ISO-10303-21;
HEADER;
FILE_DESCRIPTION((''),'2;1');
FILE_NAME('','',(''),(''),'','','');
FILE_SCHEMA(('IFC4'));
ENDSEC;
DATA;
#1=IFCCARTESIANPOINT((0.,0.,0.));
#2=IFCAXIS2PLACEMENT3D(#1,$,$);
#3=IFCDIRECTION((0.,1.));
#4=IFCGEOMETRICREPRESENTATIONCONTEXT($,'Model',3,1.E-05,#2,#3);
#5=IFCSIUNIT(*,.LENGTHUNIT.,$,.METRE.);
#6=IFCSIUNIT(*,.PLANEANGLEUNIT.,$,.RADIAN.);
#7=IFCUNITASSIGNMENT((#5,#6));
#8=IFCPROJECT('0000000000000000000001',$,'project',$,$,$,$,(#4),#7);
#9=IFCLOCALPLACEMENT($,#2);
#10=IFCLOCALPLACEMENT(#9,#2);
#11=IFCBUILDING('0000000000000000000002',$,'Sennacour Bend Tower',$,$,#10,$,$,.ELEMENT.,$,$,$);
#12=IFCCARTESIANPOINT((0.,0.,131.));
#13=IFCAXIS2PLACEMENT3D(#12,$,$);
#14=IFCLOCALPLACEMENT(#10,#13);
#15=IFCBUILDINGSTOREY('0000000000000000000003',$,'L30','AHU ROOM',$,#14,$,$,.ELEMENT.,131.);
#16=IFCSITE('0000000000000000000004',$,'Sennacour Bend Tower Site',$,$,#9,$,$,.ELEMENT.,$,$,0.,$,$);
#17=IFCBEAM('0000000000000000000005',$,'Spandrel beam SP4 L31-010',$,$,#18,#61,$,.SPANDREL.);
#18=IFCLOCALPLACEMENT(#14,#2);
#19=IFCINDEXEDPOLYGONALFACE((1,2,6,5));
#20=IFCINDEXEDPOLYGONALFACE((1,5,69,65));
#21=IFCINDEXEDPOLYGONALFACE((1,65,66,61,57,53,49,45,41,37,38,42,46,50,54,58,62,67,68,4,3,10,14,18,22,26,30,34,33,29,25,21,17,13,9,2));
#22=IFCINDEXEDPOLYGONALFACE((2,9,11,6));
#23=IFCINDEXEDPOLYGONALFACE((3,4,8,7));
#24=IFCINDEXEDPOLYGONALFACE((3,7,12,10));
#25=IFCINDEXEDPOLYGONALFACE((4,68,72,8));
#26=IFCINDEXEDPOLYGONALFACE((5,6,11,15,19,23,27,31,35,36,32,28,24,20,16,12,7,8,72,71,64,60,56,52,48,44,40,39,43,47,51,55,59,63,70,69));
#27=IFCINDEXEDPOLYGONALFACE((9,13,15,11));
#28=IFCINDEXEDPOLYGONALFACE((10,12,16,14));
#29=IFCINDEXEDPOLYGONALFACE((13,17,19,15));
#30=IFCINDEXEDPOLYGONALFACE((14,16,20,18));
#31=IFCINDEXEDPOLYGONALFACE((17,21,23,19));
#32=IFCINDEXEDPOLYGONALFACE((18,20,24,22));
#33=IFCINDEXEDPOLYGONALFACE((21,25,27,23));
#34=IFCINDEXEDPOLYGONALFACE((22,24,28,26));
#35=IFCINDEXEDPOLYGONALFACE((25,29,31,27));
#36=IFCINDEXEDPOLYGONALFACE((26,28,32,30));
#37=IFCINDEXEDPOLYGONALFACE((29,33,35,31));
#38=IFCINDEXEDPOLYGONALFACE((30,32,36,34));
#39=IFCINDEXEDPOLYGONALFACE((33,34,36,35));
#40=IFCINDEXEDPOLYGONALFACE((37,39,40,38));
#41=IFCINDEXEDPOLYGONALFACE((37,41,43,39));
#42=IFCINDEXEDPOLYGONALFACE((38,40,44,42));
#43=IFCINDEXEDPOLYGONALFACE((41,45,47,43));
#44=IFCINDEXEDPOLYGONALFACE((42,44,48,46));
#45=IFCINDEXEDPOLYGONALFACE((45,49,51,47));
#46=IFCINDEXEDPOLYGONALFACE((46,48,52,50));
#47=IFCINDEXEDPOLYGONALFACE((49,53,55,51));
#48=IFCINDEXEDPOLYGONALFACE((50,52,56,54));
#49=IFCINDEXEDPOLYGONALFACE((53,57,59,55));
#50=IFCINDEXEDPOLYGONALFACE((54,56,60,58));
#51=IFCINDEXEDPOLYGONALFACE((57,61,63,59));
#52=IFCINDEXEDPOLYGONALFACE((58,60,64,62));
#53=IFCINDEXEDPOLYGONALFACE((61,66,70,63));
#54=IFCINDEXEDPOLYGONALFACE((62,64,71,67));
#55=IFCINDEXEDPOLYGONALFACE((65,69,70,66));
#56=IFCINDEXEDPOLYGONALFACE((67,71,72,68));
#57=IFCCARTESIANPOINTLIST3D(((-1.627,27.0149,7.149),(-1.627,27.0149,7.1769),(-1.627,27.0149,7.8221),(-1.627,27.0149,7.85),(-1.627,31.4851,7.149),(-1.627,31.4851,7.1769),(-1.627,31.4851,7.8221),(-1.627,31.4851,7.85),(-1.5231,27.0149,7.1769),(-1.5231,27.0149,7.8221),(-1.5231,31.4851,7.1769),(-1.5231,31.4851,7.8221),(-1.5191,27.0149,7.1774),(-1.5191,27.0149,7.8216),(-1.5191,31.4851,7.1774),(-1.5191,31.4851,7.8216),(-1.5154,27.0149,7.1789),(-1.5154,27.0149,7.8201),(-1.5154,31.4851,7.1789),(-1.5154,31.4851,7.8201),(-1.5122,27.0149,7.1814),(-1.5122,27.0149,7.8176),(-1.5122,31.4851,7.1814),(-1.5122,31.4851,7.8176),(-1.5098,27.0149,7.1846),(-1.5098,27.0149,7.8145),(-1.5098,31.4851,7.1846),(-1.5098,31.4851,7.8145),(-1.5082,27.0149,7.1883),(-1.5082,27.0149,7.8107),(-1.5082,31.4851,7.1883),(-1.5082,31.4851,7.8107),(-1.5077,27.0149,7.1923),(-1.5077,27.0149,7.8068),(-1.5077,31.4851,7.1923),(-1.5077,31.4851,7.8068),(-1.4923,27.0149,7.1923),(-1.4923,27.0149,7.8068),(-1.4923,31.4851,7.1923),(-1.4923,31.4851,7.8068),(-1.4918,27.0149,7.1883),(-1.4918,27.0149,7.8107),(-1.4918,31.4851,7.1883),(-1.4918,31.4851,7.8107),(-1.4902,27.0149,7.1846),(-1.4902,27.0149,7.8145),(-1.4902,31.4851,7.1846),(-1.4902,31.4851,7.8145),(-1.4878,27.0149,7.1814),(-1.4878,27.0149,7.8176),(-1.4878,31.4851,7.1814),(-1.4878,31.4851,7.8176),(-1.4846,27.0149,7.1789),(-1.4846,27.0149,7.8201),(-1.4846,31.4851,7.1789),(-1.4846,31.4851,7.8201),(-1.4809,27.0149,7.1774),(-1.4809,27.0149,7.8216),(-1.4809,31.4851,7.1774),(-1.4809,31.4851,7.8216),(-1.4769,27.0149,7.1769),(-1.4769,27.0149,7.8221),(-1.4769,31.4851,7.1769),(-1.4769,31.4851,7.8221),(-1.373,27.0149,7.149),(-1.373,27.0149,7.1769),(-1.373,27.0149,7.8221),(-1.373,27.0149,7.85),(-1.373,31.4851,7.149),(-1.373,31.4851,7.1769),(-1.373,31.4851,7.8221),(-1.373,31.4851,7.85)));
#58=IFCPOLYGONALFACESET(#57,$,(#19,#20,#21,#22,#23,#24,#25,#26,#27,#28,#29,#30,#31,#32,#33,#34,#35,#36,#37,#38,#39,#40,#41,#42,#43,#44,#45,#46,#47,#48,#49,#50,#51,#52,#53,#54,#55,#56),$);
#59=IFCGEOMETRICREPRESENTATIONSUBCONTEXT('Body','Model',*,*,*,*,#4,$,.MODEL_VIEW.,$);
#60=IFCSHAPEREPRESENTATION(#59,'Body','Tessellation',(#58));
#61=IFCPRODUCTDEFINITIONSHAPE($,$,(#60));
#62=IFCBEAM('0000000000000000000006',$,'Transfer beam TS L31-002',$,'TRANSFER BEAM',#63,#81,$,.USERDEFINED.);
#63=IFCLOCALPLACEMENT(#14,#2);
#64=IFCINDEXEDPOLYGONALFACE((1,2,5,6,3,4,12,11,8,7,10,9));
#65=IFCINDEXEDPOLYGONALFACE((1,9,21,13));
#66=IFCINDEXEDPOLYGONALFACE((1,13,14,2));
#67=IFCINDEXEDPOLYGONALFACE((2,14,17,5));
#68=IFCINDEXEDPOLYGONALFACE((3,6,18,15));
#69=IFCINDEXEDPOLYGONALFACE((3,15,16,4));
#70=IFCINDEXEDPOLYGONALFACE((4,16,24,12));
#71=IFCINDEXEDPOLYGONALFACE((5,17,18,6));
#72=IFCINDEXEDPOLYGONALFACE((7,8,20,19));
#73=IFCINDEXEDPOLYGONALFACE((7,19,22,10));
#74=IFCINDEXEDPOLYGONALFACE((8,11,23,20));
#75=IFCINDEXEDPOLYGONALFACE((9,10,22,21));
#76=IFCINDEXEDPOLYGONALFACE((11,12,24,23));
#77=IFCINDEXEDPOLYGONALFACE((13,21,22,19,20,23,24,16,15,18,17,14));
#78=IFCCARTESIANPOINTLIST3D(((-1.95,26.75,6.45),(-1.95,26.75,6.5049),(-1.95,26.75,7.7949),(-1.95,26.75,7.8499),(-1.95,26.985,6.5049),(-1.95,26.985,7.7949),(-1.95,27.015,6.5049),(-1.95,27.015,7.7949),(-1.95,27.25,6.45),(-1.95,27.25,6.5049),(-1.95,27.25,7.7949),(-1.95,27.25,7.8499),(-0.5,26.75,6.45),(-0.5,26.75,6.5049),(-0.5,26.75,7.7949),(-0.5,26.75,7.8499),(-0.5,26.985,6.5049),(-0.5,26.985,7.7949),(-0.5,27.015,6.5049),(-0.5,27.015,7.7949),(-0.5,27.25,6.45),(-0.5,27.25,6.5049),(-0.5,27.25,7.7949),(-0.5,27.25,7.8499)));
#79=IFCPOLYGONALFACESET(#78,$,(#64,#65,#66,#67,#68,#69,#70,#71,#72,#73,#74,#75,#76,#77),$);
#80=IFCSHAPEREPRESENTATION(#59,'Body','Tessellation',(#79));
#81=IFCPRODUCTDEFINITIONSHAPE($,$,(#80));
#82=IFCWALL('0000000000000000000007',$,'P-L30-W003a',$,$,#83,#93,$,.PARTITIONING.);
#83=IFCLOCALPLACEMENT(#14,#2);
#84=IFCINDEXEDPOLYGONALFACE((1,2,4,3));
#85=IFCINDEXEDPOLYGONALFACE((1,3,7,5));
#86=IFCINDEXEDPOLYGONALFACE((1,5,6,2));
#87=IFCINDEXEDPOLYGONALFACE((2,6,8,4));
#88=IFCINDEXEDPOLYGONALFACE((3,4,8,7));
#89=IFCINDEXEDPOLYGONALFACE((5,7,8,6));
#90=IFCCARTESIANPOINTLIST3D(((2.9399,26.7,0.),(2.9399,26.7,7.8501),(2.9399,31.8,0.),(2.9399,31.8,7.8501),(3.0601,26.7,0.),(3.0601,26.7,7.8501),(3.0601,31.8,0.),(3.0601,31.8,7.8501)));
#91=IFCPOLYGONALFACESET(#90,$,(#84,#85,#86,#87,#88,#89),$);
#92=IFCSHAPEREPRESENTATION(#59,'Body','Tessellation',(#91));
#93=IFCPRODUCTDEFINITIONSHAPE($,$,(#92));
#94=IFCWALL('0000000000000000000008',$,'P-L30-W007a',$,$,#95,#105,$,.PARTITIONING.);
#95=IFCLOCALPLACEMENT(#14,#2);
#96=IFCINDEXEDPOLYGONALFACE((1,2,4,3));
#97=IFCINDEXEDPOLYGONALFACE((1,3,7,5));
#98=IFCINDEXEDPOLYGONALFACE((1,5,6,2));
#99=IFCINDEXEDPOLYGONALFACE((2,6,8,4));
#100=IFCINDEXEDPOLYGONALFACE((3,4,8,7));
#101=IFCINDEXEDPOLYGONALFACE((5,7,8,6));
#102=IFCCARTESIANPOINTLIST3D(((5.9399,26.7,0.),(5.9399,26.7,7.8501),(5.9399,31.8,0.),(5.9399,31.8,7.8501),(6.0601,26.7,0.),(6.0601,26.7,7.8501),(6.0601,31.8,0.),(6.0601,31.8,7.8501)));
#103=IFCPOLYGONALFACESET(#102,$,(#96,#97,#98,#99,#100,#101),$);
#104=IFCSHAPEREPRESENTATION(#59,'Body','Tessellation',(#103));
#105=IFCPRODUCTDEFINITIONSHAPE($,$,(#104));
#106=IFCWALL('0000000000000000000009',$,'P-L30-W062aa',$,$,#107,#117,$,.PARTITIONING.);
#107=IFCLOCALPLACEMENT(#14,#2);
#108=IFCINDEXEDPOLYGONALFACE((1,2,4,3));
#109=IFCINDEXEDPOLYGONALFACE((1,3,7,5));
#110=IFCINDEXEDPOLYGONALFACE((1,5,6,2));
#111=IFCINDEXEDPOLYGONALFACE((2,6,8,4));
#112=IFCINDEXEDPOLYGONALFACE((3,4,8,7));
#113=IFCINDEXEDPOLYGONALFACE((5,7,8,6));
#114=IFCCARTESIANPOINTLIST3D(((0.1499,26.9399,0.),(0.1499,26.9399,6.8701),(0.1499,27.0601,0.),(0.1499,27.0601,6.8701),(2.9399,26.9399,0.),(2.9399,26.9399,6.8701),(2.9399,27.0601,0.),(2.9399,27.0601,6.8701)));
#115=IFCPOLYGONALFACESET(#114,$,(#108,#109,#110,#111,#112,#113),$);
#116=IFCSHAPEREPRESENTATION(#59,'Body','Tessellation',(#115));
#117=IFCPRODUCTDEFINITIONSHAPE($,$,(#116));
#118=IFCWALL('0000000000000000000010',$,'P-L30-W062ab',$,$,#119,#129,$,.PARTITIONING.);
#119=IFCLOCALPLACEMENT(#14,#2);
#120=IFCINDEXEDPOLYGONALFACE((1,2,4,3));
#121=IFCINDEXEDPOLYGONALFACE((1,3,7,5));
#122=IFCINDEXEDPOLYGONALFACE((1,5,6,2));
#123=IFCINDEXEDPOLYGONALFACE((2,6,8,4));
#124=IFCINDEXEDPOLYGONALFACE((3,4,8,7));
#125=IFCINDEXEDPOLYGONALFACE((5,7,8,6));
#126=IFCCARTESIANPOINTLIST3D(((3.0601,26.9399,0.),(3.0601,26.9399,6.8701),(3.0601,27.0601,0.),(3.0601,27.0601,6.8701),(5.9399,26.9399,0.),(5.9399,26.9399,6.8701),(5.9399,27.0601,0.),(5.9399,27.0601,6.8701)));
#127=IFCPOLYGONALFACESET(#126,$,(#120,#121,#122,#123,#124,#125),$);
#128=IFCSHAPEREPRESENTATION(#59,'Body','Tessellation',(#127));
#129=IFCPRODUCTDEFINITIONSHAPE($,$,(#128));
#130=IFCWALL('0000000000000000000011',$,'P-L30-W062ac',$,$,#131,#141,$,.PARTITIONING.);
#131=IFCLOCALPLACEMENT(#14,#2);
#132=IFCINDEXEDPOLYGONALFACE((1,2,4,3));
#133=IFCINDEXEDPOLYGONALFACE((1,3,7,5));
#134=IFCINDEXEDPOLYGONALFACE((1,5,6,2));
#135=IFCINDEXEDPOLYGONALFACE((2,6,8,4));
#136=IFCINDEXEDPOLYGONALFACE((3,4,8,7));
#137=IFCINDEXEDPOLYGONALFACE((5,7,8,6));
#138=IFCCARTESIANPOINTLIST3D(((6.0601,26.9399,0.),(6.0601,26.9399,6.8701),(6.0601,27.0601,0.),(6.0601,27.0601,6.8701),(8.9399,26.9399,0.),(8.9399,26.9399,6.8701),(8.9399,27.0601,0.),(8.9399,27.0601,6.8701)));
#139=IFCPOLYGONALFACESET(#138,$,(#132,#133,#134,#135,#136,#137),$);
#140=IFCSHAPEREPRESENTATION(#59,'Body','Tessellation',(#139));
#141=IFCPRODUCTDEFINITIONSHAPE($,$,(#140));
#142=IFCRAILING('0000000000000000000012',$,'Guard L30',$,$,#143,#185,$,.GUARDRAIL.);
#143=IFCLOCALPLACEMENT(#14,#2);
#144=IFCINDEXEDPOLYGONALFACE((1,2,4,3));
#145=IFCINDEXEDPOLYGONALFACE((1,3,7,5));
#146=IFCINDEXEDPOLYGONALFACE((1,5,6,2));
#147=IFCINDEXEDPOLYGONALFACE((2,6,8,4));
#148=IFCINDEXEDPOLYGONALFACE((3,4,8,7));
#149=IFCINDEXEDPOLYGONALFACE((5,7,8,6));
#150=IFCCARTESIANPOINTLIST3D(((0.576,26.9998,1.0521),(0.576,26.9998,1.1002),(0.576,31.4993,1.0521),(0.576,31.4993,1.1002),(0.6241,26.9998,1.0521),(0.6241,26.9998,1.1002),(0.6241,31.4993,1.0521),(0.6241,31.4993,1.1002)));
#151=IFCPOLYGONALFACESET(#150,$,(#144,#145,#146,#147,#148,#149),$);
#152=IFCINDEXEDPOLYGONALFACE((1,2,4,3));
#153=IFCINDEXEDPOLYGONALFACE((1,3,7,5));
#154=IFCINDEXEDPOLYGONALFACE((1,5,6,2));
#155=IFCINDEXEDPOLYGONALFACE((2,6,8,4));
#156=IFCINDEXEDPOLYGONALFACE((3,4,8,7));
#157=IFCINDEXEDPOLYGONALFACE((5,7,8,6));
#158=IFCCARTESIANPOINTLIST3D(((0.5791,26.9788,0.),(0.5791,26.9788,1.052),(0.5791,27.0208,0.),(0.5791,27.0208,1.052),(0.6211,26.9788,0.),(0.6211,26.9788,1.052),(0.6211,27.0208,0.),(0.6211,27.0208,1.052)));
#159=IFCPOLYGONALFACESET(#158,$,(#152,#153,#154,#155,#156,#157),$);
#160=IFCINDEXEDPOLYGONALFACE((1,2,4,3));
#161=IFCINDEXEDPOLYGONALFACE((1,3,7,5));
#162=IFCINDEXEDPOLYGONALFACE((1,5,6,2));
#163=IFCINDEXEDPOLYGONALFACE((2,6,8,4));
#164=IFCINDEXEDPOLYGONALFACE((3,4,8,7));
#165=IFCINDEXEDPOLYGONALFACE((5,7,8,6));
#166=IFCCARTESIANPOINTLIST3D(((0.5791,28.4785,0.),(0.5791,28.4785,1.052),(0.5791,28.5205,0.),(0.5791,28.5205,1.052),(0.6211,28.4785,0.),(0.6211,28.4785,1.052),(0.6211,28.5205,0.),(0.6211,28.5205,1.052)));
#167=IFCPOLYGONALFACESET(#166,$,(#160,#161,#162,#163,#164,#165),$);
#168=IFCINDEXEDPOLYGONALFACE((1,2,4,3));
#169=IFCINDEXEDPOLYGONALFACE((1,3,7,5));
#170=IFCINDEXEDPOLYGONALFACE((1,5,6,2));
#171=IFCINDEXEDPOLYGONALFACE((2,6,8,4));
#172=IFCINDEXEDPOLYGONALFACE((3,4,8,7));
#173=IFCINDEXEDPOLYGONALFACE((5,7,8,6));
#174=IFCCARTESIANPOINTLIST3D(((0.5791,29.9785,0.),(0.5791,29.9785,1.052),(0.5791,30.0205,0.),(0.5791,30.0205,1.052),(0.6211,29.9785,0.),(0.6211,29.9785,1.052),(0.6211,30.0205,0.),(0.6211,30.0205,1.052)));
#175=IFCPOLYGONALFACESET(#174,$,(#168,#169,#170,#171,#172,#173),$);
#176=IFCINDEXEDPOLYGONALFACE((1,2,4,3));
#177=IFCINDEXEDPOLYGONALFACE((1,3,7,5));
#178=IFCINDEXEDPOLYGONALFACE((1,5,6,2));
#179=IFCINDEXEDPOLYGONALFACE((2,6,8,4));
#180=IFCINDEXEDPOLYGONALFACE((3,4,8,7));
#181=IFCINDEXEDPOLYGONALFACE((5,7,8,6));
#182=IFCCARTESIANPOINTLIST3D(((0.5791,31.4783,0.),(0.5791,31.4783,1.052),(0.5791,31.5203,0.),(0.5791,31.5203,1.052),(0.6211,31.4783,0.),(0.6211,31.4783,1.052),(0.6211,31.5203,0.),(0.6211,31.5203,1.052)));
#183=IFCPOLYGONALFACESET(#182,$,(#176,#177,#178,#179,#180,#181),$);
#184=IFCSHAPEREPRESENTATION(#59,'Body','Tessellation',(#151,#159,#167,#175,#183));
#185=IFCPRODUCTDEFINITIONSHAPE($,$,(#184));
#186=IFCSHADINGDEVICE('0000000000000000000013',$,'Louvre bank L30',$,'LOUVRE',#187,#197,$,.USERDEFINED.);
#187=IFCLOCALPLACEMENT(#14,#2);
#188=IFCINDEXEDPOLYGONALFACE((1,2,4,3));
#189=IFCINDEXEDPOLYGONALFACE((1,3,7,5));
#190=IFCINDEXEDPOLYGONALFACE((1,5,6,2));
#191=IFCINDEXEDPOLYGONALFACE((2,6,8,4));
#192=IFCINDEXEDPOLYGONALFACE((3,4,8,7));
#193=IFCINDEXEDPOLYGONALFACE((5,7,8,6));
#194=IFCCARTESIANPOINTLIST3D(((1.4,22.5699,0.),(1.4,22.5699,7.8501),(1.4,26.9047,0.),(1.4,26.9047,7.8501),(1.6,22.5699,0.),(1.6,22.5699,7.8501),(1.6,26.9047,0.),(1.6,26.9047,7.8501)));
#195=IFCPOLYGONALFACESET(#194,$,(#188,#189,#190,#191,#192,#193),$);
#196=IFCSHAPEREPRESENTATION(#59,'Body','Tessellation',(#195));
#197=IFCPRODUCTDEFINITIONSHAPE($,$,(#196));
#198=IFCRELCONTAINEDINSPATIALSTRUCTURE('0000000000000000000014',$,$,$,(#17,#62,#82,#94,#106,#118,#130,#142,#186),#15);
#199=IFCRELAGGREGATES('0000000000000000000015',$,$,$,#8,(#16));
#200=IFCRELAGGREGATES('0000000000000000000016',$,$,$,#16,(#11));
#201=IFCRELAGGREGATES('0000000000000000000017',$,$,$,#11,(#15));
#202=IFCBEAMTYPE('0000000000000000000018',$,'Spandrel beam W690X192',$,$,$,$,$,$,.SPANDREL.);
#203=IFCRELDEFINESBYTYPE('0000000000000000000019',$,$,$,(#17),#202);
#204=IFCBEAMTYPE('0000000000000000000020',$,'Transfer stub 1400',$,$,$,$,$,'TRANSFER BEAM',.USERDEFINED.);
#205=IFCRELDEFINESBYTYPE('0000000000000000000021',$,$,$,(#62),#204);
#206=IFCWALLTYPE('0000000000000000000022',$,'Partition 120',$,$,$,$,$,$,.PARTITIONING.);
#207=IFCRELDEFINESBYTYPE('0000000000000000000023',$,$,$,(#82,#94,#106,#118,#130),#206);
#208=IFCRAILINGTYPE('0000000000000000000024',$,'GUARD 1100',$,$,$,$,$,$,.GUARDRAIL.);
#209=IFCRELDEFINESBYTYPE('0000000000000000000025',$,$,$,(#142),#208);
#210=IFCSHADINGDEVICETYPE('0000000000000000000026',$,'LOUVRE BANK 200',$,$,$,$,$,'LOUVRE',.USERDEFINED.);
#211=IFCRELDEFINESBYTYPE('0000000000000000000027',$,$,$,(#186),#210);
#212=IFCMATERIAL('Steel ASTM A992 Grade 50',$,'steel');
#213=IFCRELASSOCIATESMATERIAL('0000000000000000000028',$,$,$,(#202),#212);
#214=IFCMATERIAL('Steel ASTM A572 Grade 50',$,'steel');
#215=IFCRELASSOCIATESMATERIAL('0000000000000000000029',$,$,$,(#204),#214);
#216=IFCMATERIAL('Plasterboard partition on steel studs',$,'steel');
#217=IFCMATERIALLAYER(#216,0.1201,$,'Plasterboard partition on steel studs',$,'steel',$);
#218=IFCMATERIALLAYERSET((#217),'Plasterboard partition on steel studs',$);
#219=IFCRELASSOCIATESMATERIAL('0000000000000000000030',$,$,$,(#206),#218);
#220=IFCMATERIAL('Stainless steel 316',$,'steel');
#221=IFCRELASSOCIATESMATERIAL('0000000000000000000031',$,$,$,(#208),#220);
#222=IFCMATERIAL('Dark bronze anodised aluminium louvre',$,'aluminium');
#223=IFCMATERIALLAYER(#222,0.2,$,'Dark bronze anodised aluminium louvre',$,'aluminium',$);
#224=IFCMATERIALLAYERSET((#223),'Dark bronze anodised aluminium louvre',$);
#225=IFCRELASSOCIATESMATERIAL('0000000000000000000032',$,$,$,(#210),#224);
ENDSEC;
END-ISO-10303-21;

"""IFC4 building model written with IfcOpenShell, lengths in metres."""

from ifc_helpers import new_model, si_unit, direction, frame, frame_2d, origin, origin_2d, place, context, subcontext, project, spatial, rectangle, i_section, extrude, material, layer, layer_set, material_profile, profile_set, type_object, element, save


model = new_model("IFC4")

# Units and contexts
model_context = context("Model", 3, precision=1e-05, world=origin(), true_north=direction((0.0, 1.0)))
body_context = subcontext(model_context, "Body", "Model", "MODEL_VIEW")
ifc_project = project(units=[si_unit("LENGTHUNIT", "METRE"), si_unit("PLANEANGLEUNIT", "RADIAN")], contexts=[model_context])

# Site, building, storey
site_placement = place(None, origin())
site = spatial("IfcSite", under=ifc_project, at=site_placement, Name="Sennacour Bend Tower Site", CompositionType="ELEMENT", RefElevation=0.0)
building_placement = place(site_placement, origin())
building = spatial("IfcBuilding", under=site, at=building_placement, Name="Sennacour Bend Tower", CompositionType="ELEMENT")
storey_placement = place(building_placement, frame((0.0, 0.0, 131.0)))
storey = spatial("IfcBuildingStorey", under=building, at=storey_placement, Name="L30", Description="AHU ROOM", CompositionType="ELEMENT", Elevation=131.0)

# Shared definitions
ifc_material_1 = material(Name="Steel ASTM A572 Grade 50", Category="steel")

# Shared definitions
ifc_material_2 = material(Name="Steel ASTM A992 Grade 50", Category="steel")

# Beams
ifc_material_profile_1 = material_profile(ifc_material_2, i_section(OverallWidth=0.2539, OverallDepth=0.7009, WebThickness=0.0154, FlangeThickness=0.0278, FilletRadius=0.0154, at=origin_2d()), Name="Steel ASTM A992 Grade 50", Category="steel")
ifc_profile_set_1 = profile_set([ifc_material_profile_1], Name="Steel ASTM A992 Grade 50")
beam_type_1 = type_object("IfcBeamType", Name="Spandrel beam W690X192", PredefinedType="SPANDREL", material=ifc_profile_set_1)
beam_1_placement = place(storey_placement, frame((-1.5, 27.0149, 7.4995), z_axis=(0.0, 1.0, 0.0), x_axis=(-1.0, 0.0, 0.0)))
element("IfcBeam", 1, at=beam_1_placement, inside=storey, type_object=beam_type_1, Name="Spandrel beam SP4 L31-010", PredefinedType="SPANDREL", context=body_context, shape_type="SweptSolid", body=[
    extrude(i_section(OverallWidth=0.2539, OverallDepth=0.7009, WebThickness=0.0154, FlangeThickness=0.0278, FilletRadius=0.0154, at=origin_2d()), origin(), (0.0, 0.0, 1.0), 4.4702),
])
ifc_material_profile_2 = material_profile(ifc_material_1, i_section(OverallWidth=0.5, OverallDepth=1.3999, WebThickness=0.03, FlangeThickness=0.0549, at=origin_2d()), Name="Steel ASTM A572 Grade 50", Category="steel")
ifc_profile_set_2 = profile_set([ifc_material_profile_2], Name="Steel ASTM A572 Grade 50")
beam_type_2 = type_object("IfcBeamType", Name="Transfer stub 1400", ElementType="TRANSFER BEAM", PredefinedType="USERDEFINED", material=ifc_profile_set_2)
beam_2_placement = place(storey_placement, frame((-0.5, 27.0, 7.1499), z_axis=(-1.0, 0.0, 0.0), x_axis=(0.0, -1.0, 0.0)))
element("IfcBeam", 2, at=beam_2_placement, inside=storey, type_object=beam_type_2, Name="Transfer beam TS L31-002", ObjectType="TRANSFER BEAM", PredefinedType="USERDEFINED", context=body_context, shape_type="SweptSolid", body=[
    extrude(i_section(OverallWidth=0.5, OverallDepth=1.3999, WebThickness=0.03, FlangeThickness=0.0549, at=origin_2d()), origin(), (0.0, 0.0, 1.0), 1.45),
])

# Walls
ifc_material_3 = material(Name="Plasterboard partition on steel studs", Category="steel")
ifc_layer_1 = layer(ifc_material_3, 0.1201, Name="Plasterboard partition on steel studs", Category="steel")
ifc_layer_set_1 = layer_set([ifc_layer_1], Name="Plasterboard partition on steel studs")
wall_type = type_object("IfcWallType", Name="Partition 120", PredefinedType="PARTITIONING", material=ifc_layer_set_1)
for number, where, z_axis, x_axis, name in (
    (3, (3.0, 26.7, 0.0), (0.0, 0.0, 1.0), (0.0, 1.0, 0.0), "P-L30-W003a"),
    (4, (6.0, 26.7, 0.0), (0.0, 0.0, 1.0), (0.0, 1.0, 0.0), "P-L30-W007a"),
):
    element("IfcWall", number, at=place(storey_placement, frame(where, z_axis=z_axis, x_axis=x_axis)), inside=storey, type_object=wall_type, Name=name, PredefinedType="PARTITIONING", context=body_context, shape_type="SweptSolid", body=[
        extrude(rectangle(XDim=5.1001, YDim=0.1201, at=frame_2d((2.55, 0.0))), origin(), (0.0, 0.0, 1.0), 7.8501),
    ])
wall_placement = place(storey_placement, frame((0.1499, 27.0, 0.0), z_axis=(0.0, 0.0, 1.0), x_axis=(1.0, 0.0, 0.0)))
element("IfcWall", 5, at=wall_placement, inside=storey, type_object=wall_type, Name="P-L30-W062aa", PredefinedType="PARTITIONING", context=body_context, shape_type="SweptSolid", body=[
    extrude(rectangle(XDim=2.79, YDim=0.1201, at=frame_2d((1.395, 0.0))), origin(), (0.0, 0.0, 1.0), 6.8701),
])
for number, where, z_axis, x_axis, name in (
    (6, (3.0601, 27.0, 0.0), (0.0, 0.0, 1.0), (1.0, 0.0, 0.0), "P-L30-W062ab"),
    (7, (6.0601, 27.0, 0.0), (0.0, 0.0, 1.0), (1.0, 0.0, 0.0), "P-L30-W062ac"),
):
    element("IfcWall", number, at=place(storey_placement, frame(where, z_axis=z_axis, x_axis=x_axis)), inside=storey, type_object=wall_type, Name=name, PredefinedType="PARTITIONING", context=body_context, shape_type="SweptSolid", body=[
        extrude(rectangle(XDim=2.8799, YDim=0.1201, at=frame_2d((1.4399, 0.0))), origin(), (0.0, 0.0, 1.0), 6.8701),
    ])

# Railing
ifc_material_4 = material(Name="Stainless steel 316", Category="steel")
railing_type = type_object("IfcRailingType", Name="GUARD 1100", PredefinedType="GUARDRAIL", material=ifc_material_4)
railing_placement = place(storey_placement, frame((0.6001, 26.9998, 0.0)))
element("IfcRailing", 8, at=railing_placement, inside=storey, type_object=railing_type, Name="Guard L30", PredefinedType="GUARDRAIL", context=body_context, shape_type="SweptSolid", body=[
    extrude(rectangle(XDim=0.0481, YDim=0.0481, at=origin_2d()), frame((0.0, 0.0, 1.0762), z_axis=(0.0, 1.0, 0.0), x_axis=(-1.0, 0.0, 0.0)), (0.0, 0.0, 1.0), 4.4995),
    extrude(rectangle(XDim=0.042, YDim=0.042, at=origin_2d()), origin(), (0.0, 0.0, 1.0), 1.052),
    extrude(rectangle(XDim=0.042, YDim=0.042, at=origin_2d()), frame((0.0, 1.4998, 0.0)), (0.0, 0.0, 1.0), 1.052),
    extrude(rectangle(XDim=0.042, YDim=0.042, at=origin_2d()), frame((0.0, 2.9998, 0.0)), (0.0, 0.0, 1.0), 1.052),
    extrude(rectangle(XDim=0.042, YDim=0.042, at=origin_2d()), frame((0.0, 4.4995, 0.0)), (0.0, 0.0, 1.0), 1.052),
])

# Shading device
ifc_material_5 = material(Name="Dark bronze anodised aluminium louvre", Category="aluminium")
ifc_layer_2 = layer(ifc_material_5, 0.2, Name="Dark bronze anodised aluminium louvre", Category="aluminium")
ifc_layer_set_2 = layer_set([ifc_layer_2], Name="Dark bronze anodised aluminium louvre")
shading_device_type_1 = type_object("IfcShadingDeviceType", Name="LOUVRE BANK 200", ElementType="LOUVRE", PredefinedType="USERDEFINED", material=ifc_layer_set_2)
shading_device_1_placement = place(storey_placement, frame((1.5, 24.7373, 0.0), z_axis=(0.0, 0.0, 1.0), x_axis=(0.0, 1.0, 0.0)))
element("IfcShadingDevice", 9, at=shading_device_1_placement, inside=storey, type_object=shading_device_type_1, Name="Louvre bank L30", ObjectType="LOUVRE", PredefinedType="USERDEFINED", context=body_context, shape_type="SweptSolid", body=[
    extrude(rectangle(XDim=4.3347, YDim=0.2, at=origin_2d()), origin(), (0.0, 0.0, 1.0), 7.8501),
])

save(model, "model.ifc")
